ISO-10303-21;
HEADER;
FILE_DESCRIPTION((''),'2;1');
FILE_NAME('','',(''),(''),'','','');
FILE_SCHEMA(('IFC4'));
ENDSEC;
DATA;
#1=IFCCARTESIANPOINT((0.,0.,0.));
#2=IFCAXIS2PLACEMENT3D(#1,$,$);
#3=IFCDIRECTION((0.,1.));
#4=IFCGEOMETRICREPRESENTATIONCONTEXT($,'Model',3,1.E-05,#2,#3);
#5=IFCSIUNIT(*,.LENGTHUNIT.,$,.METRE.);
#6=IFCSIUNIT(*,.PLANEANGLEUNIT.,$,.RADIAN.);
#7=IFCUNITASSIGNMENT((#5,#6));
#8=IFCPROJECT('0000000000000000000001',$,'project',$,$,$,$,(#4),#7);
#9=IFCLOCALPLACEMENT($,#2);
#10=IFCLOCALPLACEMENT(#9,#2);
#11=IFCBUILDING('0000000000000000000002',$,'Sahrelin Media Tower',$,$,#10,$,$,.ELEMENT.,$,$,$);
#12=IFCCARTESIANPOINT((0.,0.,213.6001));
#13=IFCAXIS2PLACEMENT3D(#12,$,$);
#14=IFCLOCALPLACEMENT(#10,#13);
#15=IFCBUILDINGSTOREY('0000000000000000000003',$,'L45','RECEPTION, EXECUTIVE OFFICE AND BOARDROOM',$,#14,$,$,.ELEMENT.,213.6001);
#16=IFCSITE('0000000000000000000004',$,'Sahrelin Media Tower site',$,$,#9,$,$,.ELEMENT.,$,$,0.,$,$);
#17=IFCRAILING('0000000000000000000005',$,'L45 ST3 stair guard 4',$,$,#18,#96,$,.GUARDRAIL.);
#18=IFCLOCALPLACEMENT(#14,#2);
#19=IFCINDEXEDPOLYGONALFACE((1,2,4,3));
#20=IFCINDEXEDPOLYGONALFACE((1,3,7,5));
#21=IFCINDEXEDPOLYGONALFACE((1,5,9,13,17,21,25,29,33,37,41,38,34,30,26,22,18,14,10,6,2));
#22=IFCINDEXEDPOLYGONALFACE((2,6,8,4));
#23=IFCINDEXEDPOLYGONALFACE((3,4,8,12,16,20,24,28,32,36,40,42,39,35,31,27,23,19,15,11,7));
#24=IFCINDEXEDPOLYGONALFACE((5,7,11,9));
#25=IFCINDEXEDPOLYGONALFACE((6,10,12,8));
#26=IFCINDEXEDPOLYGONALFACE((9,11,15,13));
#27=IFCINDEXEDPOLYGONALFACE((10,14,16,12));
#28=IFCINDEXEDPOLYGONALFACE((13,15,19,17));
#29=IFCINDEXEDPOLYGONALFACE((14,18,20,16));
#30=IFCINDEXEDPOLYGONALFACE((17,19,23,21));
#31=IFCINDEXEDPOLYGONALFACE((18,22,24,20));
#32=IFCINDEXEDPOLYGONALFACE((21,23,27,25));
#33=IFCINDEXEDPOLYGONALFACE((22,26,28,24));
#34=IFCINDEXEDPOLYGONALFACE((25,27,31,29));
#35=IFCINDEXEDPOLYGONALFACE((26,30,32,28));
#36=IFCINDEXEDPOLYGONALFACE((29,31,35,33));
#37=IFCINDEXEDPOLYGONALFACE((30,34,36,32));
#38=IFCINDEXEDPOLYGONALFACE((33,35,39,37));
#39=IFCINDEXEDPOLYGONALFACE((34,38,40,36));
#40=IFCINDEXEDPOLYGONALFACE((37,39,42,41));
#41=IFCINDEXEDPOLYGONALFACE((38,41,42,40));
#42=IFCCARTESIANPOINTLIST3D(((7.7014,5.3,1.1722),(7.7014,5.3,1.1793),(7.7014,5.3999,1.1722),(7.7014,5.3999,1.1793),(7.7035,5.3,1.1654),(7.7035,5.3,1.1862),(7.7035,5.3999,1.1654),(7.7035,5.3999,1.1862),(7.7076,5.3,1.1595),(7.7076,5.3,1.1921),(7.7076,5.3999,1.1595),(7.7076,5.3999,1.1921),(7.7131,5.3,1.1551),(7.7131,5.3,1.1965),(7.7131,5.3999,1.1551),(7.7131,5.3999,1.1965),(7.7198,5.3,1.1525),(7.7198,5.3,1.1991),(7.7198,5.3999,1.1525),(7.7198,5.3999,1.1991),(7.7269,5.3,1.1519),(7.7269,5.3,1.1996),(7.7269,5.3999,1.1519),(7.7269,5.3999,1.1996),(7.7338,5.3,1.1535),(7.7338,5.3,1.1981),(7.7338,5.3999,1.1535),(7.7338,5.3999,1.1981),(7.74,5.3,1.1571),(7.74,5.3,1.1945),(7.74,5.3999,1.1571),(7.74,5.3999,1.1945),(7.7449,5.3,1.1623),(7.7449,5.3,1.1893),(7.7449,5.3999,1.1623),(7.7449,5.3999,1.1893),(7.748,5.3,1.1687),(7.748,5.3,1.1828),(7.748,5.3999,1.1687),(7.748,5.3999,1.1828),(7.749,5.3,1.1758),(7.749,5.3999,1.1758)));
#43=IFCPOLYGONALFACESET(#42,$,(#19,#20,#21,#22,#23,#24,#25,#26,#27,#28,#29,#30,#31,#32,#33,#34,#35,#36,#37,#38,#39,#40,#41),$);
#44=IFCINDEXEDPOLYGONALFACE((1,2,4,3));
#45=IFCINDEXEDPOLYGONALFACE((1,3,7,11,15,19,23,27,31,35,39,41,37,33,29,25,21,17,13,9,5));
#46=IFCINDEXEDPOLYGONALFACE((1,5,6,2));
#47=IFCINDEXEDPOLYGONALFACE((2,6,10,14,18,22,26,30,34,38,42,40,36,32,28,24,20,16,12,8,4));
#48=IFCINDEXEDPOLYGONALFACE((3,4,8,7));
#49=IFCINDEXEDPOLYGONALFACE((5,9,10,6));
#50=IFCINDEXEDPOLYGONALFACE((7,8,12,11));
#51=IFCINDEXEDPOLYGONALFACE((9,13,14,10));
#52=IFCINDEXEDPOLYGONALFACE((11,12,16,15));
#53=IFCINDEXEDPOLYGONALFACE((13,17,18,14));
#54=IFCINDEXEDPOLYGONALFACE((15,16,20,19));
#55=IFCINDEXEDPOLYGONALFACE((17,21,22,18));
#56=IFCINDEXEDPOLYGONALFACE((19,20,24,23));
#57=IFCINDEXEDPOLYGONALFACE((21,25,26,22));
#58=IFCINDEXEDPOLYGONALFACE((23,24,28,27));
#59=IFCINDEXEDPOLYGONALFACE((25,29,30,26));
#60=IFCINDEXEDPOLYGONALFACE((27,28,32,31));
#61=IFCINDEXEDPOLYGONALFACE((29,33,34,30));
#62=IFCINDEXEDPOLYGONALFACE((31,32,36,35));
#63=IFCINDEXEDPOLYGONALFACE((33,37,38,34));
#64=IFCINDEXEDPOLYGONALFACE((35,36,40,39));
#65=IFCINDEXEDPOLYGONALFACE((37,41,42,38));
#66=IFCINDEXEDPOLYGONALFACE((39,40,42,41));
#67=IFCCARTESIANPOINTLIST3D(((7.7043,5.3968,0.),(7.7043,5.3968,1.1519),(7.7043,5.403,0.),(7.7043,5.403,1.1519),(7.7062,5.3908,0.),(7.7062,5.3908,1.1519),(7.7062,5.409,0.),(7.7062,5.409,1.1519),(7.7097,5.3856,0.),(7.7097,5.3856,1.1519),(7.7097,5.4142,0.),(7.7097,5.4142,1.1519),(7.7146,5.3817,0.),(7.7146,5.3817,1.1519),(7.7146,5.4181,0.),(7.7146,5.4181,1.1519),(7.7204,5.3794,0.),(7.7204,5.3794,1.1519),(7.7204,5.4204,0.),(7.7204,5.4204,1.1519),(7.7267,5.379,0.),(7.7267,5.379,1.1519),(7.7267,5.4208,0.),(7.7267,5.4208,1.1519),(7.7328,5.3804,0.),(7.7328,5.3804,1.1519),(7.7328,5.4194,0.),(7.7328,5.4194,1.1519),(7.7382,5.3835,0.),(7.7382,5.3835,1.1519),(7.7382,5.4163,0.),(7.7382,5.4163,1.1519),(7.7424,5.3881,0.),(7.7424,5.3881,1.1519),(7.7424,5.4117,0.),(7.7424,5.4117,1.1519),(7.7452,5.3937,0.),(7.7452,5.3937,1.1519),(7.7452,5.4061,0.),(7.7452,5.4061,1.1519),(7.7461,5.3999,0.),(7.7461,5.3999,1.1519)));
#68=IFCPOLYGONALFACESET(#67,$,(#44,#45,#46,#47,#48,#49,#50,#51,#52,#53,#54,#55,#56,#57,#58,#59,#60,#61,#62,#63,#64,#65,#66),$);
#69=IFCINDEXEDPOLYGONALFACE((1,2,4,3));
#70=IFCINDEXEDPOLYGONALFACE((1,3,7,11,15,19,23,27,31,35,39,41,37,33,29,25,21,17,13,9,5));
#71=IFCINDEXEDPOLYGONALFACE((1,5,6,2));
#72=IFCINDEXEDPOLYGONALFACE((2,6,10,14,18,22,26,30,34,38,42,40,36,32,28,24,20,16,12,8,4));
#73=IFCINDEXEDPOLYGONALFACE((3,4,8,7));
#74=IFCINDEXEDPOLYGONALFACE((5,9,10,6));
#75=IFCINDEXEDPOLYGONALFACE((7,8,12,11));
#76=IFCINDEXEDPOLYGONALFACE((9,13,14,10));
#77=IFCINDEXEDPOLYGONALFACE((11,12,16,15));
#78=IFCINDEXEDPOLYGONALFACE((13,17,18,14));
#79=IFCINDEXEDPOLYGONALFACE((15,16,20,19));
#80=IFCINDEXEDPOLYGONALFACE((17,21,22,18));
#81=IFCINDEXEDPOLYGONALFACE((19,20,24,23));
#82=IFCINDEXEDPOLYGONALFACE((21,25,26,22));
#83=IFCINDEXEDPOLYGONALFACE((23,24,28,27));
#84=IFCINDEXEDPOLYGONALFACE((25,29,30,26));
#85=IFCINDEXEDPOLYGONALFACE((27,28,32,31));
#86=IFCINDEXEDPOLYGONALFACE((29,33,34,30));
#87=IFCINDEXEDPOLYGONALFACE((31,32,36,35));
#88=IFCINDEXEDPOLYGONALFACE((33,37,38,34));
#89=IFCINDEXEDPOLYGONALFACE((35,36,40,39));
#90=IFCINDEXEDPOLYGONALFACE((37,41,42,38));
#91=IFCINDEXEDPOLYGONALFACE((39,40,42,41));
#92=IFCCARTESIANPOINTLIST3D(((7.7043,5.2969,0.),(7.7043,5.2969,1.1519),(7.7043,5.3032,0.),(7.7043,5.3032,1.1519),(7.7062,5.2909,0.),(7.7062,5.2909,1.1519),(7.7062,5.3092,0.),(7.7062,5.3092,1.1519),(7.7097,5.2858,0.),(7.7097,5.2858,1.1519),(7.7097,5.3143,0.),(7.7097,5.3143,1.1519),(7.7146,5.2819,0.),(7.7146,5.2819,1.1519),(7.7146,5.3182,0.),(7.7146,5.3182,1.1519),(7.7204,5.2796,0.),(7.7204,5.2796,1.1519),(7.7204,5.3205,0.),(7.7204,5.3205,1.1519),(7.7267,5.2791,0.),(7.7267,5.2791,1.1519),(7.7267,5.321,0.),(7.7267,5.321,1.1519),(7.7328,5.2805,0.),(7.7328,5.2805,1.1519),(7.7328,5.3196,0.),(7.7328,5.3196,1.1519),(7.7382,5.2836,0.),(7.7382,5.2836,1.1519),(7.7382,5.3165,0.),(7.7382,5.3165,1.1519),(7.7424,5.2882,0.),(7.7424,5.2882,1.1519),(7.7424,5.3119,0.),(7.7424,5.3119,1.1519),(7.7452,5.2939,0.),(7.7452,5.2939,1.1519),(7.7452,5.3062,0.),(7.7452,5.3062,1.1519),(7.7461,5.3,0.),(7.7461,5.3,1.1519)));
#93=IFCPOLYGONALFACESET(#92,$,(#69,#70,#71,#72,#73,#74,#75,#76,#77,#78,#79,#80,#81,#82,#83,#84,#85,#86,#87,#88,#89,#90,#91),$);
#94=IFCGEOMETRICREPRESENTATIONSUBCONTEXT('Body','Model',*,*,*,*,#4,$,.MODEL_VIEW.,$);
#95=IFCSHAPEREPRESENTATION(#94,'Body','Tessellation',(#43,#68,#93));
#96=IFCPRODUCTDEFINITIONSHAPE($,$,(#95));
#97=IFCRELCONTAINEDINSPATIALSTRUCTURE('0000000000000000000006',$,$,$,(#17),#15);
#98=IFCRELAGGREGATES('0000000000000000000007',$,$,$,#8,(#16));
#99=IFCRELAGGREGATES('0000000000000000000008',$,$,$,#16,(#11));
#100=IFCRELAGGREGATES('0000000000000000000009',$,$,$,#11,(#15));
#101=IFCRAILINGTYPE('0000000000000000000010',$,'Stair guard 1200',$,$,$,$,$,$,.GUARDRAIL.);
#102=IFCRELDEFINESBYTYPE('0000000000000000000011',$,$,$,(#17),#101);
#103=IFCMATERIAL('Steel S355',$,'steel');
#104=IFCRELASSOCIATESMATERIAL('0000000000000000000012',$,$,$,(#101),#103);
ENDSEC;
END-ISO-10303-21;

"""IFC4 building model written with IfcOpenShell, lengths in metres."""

from ifc_helpers import new_model, si_unit, direction, frame, origin, origin_2d, place, context, subcontext, project, spatial, circle, extrude, material, type_object, element, save


model = new_model("IFC4")

# Units and contexts
model_context = context("Model", 3, precision=1e-05, world=origin(), true_north=direction((0.0, 1.0)))
body_context = subcontext(model_context, "Body", "Model", "MODEL_VIEW")
ifc_project = project(units=[si_unit("LENGTHUNIT", "METRE"), si_unit("PLANEANGLEUNIT", "RADIAN")], contexts=[model_context])

# Site, building, storey
site_placement = place(None, origin())
site = spatial("IfcSite", under=ifc_project, at=site_placement, Name="Sahrelin Media Tower site", CompositionType="ELEMENT", RefElevation=0.0)
building_placement = place(site_placement, origin())
building = spatial("IfcBuilding", under=site, at=building_placement, Name="Sahrelin Media Tower", CompositionType="ELEMENT")
storey_placement = place(building_placement, frame((0.0, 0.0, 213.6001)))
storey = spatial("IfcBuildingStorey", under=building, at=storey_placement, Name="L45", Description="RECEPTION, EXECUTIVE OFFICE AND BOARDROOM", CompositionType="ELEMENT", Elevation=213.6001)

# Shared definitions
ifc_material_1 = material(Name="Steel S355", Category="steel")

# Railing
railing_type_1 = type_object("IfcRailingType", Name="Stair guard 1200", PredefinedType="GUARDRAIL", material=ifc_material_1)
railing_1_placement = place(storey_placement, frame((7.7251, 5.3999, 0.0)))
element("IfcRailing", 1, at=railing_1_placement, inside=storey, type_object=railing_type_1, Name="L45 ST3 stair guard 4", PredefinedType="GUARDRAIL", context=body_context, shape_type="SweptSolid", body=[
    extrude(circle(Radius=0.0239, at=origin_2d()), frame((0.0, 0.0, 1.1758), z_axis=(0.0, -1.0, 0.0), x_axis=(1.0, 0.0, 0.0)), (0.0, 0.0, 1.0), 0.0999),
    extrude(circle(Radius=0.021, at=origin_2d()), origin(), (0.0, 0.0, 1.0), 1.1519),
    extrude(circle(Radius=0.021, at=origin_2d()), frame((0.0, -0.0999, 0.0)), (0.0, 0.0, 1.0), 1.1519),
])

save(model, "model.ifc")
